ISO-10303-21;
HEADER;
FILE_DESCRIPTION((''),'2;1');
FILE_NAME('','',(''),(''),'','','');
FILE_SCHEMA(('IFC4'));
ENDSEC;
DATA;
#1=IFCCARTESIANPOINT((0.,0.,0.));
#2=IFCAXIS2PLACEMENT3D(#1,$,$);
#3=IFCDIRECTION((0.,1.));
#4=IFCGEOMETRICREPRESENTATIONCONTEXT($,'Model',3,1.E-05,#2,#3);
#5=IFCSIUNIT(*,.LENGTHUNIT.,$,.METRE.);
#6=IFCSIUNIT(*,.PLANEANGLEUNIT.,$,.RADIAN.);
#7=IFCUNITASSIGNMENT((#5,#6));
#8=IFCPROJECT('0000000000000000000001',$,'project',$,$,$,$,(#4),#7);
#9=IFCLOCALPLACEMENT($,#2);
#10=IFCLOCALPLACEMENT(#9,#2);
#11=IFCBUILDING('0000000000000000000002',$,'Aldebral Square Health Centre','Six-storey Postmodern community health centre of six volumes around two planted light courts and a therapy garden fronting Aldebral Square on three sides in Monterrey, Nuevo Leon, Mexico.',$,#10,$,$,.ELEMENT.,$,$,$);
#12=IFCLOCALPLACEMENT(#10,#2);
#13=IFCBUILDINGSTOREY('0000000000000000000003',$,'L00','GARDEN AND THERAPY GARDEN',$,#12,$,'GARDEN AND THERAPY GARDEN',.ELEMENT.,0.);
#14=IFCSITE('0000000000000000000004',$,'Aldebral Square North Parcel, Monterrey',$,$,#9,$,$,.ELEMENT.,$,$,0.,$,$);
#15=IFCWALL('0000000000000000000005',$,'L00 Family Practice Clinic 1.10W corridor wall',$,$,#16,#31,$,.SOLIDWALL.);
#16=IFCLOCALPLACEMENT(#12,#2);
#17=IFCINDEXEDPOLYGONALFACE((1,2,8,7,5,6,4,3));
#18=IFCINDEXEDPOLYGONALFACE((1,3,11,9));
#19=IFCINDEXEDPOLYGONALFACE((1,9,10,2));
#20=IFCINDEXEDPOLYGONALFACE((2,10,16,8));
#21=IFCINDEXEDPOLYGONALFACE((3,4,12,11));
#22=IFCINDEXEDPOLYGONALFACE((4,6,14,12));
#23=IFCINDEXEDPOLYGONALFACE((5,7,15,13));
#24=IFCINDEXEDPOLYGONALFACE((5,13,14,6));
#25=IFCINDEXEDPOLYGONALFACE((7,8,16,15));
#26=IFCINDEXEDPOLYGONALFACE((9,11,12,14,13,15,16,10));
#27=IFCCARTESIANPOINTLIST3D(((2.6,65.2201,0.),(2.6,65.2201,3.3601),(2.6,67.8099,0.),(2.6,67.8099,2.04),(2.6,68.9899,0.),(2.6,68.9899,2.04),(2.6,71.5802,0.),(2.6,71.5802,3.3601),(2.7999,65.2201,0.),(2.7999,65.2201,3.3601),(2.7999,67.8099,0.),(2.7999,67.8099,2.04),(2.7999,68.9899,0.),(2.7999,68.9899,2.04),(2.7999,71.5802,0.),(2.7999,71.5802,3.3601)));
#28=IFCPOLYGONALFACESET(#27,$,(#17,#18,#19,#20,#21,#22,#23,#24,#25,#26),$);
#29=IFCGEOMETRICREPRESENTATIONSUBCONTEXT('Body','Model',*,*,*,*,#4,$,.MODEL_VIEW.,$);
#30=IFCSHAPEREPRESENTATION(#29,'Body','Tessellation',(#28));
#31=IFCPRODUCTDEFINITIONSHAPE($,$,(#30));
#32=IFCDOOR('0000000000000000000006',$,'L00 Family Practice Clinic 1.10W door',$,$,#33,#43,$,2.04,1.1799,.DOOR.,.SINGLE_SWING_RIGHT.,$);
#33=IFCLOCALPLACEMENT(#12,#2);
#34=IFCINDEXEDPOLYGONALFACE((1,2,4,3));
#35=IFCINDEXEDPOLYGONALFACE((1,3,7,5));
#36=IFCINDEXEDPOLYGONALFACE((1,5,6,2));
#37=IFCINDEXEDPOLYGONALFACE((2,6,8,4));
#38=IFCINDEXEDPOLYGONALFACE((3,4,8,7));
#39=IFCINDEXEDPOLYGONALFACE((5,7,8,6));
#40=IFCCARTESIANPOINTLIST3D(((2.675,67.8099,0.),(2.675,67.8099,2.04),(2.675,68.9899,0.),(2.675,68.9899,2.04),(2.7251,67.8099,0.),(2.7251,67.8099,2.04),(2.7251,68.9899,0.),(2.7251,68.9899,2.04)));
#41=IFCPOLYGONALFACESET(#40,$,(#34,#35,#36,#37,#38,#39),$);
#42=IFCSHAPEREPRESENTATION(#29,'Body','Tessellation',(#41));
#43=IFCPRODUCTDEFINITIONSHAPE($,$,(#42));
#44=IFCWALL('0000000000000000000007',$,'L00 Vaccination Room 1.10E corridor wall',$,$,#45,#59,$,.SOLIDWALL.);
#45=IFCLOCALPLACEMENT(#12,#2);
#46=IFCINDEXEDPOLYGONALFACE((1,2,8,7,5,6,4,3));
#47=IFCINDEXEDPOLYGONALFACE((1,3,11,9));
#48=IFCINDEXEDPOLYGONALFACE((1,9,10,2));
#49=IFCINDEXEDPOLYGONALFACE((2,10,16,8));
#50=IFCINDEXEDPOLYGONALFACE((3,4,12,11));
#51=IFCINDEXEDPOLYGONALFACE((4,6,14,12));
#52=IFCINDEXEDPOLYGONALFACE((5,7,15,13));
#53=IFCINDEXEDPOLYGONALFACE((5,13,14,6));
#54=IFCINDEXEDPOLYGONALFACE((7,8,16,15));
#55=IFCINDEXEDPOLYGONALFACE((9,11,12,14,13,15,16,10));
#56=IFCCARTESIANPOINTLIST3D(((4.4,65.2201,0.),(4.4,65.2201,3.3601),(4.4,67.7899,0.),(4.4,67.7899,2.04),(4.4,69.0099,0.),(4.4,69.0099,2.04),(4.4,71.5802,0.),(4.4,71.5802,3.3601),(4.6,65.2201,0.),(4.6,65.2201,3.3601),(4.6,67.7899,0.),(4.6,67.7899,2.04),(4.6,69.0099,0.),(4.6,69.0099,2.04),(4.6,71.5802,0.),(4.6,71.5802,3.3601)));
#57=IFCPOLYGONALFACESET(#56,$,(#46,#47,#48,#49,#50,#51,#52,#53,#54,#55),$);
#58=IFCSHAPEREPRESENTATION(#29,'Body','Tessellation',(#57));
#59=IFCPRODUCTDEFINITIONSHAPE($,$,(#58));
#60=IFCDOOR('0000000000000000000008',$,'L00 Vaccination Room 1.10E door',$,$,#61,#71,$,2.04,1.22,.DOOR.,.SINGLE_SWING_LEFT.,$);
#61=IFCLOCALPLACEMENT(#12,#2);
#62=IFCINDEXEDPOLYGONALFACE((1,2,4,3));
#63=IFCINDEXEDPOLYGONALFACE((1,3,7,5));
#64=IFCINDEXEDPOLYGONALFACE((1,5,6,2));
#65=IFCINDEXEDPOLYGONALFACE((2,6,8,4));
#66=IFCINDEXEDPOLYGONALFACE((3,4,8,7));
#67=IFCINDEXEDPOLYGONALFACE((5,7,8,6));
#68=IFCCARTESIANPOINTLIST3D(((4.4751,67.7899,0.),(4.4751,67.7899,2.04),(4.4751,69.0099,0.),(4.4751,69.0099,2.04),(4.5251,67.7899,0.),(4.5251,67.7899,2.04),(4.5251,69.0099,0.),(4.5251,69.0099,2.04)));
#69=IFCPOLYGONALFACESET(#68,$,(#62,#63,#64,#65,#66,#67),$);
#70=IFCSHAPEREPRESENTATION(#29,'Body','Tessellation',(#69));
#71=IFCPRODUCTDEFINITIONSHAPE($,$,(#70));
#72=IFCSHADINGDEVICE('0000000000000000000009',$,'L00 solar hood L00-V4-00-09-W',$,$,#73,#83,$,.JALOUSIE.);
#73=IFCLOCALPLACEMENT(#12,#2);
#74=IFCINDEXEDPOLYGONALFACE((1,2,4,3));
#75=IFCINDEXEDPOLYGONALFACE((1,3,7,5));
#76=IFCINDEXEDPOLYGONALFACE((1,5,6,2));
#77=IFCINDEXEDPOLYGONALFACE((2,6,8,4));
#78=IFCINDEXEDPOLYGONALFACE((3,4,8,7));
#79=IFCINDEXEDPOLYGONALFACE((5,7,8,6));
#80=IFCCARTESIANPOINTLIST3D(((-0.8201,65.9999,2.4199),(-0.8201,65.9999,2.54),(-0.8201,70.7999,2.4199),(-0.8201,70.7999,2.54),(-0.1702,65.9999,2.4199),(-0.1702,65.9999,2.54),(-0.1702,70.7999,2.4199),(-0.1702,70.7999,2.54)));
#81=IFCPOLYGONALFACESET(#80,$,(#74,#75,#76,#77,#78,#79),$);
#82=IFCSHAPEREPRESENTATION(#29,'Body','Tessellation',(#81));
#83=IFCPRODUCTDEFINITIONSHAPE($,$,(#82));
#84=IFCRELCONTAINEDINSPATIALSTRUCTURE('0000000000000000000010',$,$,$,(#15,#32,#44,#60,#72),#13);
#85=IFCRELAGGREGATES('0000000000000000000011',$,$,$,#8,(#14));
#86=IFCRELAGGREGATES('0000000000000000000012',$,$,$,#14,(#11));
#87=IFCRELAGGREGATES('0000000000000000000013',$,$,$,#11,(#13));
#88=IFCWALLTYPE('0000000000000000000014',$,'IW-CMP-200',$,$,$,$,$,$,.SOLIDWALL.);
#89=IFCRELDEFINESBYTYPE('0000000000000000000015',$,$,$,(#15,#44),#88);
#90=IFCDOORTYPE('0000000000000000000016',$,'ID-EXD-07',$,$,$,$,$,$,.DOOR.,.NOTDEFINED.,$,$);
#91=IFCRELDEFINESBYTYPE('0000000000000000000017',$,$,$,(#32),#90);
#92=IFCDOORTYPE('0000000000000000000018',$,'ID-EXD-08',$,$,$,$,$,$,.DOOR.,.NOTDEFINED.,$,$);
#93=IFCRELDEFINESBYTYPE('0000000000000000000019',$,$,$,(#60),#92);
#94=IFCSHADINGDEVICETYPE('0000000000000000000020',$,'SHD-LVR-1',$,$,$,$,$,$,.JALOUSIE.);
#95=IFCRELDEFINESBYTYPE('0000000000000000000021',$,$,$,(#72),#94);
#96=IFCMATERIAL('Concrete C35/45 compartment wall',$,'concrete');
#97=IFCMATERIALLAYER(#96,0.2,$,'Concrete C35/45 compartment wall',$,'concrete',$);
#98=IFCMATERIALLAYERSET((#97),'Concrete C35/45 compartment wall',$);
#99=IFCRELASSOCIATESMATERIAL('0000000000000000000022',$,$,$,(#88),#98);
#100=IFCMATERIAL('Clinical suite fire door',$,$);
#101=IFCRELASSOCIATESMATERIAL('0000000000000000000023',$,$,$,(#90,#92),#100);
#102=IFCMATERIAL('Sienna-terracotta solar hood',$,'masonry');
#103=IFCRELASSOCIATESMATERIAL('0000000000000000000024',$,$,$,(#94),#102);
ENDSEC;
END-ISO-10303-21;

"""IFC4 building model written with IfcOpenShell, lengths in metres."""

from ifc_helpers import new_model, si_unit, direction, frame, frame_2d, origin, origin_2d, place, context, subcontext, project, spatial, rectangle, extrude, material, layer, layer_set, type_object, element, fill, save


model = new_model("IFC4")

# Units and contexts
model_context = context("Model", 3, precision=1e-05, world=origin(), true_north=direction((0.0, 1.0)))
body_context = subcontext(model_context, "Body", "Model", "MODEL_VIEW")
ifc_project = project(units=[si_unit("LENGTHUNIT", "METRE"), si_unit("PLANEANGLEUNIT", "RADIAN")], contexts=[model_context])

# Site, building, storey
site_placement = place(None, origin())
site = spatial("IfcSite", under=ifc_project, at=site_placement, Name="Aldebral Square North Parcel, Monterrey", CompositionType="ELEMENT", RefElevation=0.0)
building_placement = place(site_placement, origin())
building = spatial("IfcBuilding", under=site, at=building_placement, Name="Aldebral Square Health Centre", Description="Six-storey Postmodern community health centre of six volumes around two planted light courts and a therapy garden fronting Aldebral Square on three sides in Monterrey, Nuevo Leon, Mexico.", CompositionType="ELEMENT")
storey_placement = place(building_placement, origin())
storey = spatial("IfcBuildingStorey", under=building, at=storey_placement, Name="L00", Description="GARDEN AND THERAPY GARDEN", LongName="GARDEN AND THERAPY GARDEN", CompositionType="ELEMENT", Elevation=0.0)

# Walls, openings, doors
ifc_material_1 = material(Name="Concrete C35/45 compartment wall", Category="concrete")
ifc_layer_1 = layer(ifc_material_1, 0.2, Name="Concrete C35/45 compartment wall", Category="concrete")
ifc_layer_set_1 = layer_set([ifc_layer_1], Name="Concrete C35/45 compartment wall")
wall_type_1 = type_object("IfcWallType", Name="IW-CMP-200", PredefinedType="SOLIDWALL", material=ifc_layer_set_1)
wall_1_placement = place(storey_placement, frame((2.7, 65.22, 0.0), z_axis=(0.0, 0.0, 1.0), x_axis=(0.0, 1.0, 0.0)))
wall_1 = element("IfcWall", 1, at=wall_1_placement, inside=storey, type_object=wall_type_1, Name="L00 Family Practice Clinic 1.10W corridor wall", PredefinedType="SOLIDWALL", context=body_context, shape_type="SweptSolid", body=[
    extrude(rectangle(XDim=6.3601, YDim=0.2, at=frame_2d((3.1802, 0.0))), origin(), (0.0, 0.0, 1.0), 3.3601),
])
opening_1_placement = place(wall_1_placement, frame((2.5901, 0.0, 0.0)))
opening_1 = element("IfcOpeningElement", 2, at=opening_1_placement, cuts=wall_1, PredefinedType="OPENING", context=body_context, shape_type="SweptSolid", body=[
    extrude(rectangle(XDim=1.1799, YDim=2.04, at=frame_2d((0.5898, 1.02))), frame((0.0, 0.1099, 0.0), z_axis=(0.0, -1.0, 0.0), x_axis=(1.0, 0.0, 0.0)), (0.0, 0.0, 1.0), 0.22),
])
ifc_material_2 = material(Name="Clinical suite fire door")
door_type_1 = type_object("IfcDoorType", Name="ID-EXD-07", OperationType="NOTDEFINED", PredefinedType="DOOR", material=ifc_material_2)
door_1_placement = place(opening_1_placement, origin())
door_1 = element("IfcDoor", 3, at=door_1_placement, inside=storey, type_object=door_type_1, Name="L00 Family Practice Clinic 1.10W door", OperationType="SINGLE_SWING_RIGHT", OverallHeight=2.04, OverallWidth=1.1799, PredefinedType="DOOR", context=body_context, shape_type="SweptSolid", body=[
    extrude(rectangle(XDim=1.1799, YDim=2.04, at=frame_2d((0.5898, 1.02))), frame((0.0, 0.0249, 0.0), z_axis=(0.0, -1.0, 0.0), x_axis=(1.0, 0.0, 0.0)), (0.0, 0.0, 1.0), 0.05),
])
fill(opening_1, door_1)
wall_2_placement = place(storey_placement, frame((4.5, 65.22, 0.0), z_axis=(0.0, 0.0, 1.0), x_axis=(0.0, 1.0, 0.0)))
wall_2 = element("IfcWall", 4, at=wall_2_placement, inside=storey, type_object=wall_type_1, Name="L00 Vaccination Room 1.10E corridor wall", PredefinedType="SOLIDWALL", context=body_context, shape_type="SweptSolid", body=[
    extrude(rectangle(XDim=6.3601, YDim=0.2, at=frame_2d((3.1802, 0.0))), origin(), (0.0, 0.0, 1.0), 3.3601),
])
opening_2_placement = place(wall_2_placement, frame((2.5701, 0.0, 0.0)))
opening_2 = element("IfcOpeningElement", 5, at=opening_2_placement, cuts=wall_2, PredefinedType="OPENING", context=body_context, shape_type="SweptSolid", body=[
    extrude(rectangle(XDim=1.22, YDim=2.04, at=frame_2d((0.6099, 1.02))), frame((0.0, 0.1099, 0.0), z_axis=(0.0, -1.0, 0.0), x_axis=(1.0, 0.0, 0.0)), (0.0, 0.0, 1.0), 0.22),
])
door_type_2 = type_object("IfcDoorType", Name="ID-EXD-08", OperationType="NOTDEFINED", PredefinedType="DOOR", material=ifc_material_2)
door_2_placement = place(opening_2_placement, origin())
door_2 = element("IfcDoor", 6, at=door_2_placement, inside=storey, type_object=door_type_2, Name="L00 Vaccination Room 1.10E door", OperationType="SINGLE_SWING_LEFT", OverallHeight=2.04, OverallWidth=1.22, PredefinedType="DOOR", context=body_context, shape_type="SweptSolid", body=[
    extrude(rectangle(XDim=1.22, YDim=2.04, at=frame_2d((0.6099, 1.02))), frame((0.0, 0.0249, 0.0), z_axis=(0.0, -1.0, 0.0), x_axis=(1.0, 0.0, 0.0)), (0.0, 0.0, 1.0), 0.05),
])
fill(opening_2, door_2)

# Shading device
ifc_material_3 = material(Name="Sienna-terracotta solar hood", Category="masonry")
shading_device_type = type_object("IfcShadingDeviceType", Name="SHD-LVR-1", PredefinedType="JALOUSIE", material=ifc_material_3)
shading_device_placement = place(storey_placement, frame((-0.4951, 68.3999, 2.4199), z_axis=(0.0, 0.0, 1.0), x_axis=(0.0, 1.0, 0.0)))
element("IfcShadingDevice", 7, at=shading_device_placement, inside=storey, type_object=shading_device_type, Name="L00 solar hood L00-V4-00-09-W", PredefinedType="JALOUSIE", context=body_context, shape_type="SweptSolid", body=[
    extrude(rectangle(XDim=4.8, YDim=0.6499, at=origin_2d()), origin(), (0.0, 0.0, 1.0), 0.1201),
])

save(model, "model.ifc")
